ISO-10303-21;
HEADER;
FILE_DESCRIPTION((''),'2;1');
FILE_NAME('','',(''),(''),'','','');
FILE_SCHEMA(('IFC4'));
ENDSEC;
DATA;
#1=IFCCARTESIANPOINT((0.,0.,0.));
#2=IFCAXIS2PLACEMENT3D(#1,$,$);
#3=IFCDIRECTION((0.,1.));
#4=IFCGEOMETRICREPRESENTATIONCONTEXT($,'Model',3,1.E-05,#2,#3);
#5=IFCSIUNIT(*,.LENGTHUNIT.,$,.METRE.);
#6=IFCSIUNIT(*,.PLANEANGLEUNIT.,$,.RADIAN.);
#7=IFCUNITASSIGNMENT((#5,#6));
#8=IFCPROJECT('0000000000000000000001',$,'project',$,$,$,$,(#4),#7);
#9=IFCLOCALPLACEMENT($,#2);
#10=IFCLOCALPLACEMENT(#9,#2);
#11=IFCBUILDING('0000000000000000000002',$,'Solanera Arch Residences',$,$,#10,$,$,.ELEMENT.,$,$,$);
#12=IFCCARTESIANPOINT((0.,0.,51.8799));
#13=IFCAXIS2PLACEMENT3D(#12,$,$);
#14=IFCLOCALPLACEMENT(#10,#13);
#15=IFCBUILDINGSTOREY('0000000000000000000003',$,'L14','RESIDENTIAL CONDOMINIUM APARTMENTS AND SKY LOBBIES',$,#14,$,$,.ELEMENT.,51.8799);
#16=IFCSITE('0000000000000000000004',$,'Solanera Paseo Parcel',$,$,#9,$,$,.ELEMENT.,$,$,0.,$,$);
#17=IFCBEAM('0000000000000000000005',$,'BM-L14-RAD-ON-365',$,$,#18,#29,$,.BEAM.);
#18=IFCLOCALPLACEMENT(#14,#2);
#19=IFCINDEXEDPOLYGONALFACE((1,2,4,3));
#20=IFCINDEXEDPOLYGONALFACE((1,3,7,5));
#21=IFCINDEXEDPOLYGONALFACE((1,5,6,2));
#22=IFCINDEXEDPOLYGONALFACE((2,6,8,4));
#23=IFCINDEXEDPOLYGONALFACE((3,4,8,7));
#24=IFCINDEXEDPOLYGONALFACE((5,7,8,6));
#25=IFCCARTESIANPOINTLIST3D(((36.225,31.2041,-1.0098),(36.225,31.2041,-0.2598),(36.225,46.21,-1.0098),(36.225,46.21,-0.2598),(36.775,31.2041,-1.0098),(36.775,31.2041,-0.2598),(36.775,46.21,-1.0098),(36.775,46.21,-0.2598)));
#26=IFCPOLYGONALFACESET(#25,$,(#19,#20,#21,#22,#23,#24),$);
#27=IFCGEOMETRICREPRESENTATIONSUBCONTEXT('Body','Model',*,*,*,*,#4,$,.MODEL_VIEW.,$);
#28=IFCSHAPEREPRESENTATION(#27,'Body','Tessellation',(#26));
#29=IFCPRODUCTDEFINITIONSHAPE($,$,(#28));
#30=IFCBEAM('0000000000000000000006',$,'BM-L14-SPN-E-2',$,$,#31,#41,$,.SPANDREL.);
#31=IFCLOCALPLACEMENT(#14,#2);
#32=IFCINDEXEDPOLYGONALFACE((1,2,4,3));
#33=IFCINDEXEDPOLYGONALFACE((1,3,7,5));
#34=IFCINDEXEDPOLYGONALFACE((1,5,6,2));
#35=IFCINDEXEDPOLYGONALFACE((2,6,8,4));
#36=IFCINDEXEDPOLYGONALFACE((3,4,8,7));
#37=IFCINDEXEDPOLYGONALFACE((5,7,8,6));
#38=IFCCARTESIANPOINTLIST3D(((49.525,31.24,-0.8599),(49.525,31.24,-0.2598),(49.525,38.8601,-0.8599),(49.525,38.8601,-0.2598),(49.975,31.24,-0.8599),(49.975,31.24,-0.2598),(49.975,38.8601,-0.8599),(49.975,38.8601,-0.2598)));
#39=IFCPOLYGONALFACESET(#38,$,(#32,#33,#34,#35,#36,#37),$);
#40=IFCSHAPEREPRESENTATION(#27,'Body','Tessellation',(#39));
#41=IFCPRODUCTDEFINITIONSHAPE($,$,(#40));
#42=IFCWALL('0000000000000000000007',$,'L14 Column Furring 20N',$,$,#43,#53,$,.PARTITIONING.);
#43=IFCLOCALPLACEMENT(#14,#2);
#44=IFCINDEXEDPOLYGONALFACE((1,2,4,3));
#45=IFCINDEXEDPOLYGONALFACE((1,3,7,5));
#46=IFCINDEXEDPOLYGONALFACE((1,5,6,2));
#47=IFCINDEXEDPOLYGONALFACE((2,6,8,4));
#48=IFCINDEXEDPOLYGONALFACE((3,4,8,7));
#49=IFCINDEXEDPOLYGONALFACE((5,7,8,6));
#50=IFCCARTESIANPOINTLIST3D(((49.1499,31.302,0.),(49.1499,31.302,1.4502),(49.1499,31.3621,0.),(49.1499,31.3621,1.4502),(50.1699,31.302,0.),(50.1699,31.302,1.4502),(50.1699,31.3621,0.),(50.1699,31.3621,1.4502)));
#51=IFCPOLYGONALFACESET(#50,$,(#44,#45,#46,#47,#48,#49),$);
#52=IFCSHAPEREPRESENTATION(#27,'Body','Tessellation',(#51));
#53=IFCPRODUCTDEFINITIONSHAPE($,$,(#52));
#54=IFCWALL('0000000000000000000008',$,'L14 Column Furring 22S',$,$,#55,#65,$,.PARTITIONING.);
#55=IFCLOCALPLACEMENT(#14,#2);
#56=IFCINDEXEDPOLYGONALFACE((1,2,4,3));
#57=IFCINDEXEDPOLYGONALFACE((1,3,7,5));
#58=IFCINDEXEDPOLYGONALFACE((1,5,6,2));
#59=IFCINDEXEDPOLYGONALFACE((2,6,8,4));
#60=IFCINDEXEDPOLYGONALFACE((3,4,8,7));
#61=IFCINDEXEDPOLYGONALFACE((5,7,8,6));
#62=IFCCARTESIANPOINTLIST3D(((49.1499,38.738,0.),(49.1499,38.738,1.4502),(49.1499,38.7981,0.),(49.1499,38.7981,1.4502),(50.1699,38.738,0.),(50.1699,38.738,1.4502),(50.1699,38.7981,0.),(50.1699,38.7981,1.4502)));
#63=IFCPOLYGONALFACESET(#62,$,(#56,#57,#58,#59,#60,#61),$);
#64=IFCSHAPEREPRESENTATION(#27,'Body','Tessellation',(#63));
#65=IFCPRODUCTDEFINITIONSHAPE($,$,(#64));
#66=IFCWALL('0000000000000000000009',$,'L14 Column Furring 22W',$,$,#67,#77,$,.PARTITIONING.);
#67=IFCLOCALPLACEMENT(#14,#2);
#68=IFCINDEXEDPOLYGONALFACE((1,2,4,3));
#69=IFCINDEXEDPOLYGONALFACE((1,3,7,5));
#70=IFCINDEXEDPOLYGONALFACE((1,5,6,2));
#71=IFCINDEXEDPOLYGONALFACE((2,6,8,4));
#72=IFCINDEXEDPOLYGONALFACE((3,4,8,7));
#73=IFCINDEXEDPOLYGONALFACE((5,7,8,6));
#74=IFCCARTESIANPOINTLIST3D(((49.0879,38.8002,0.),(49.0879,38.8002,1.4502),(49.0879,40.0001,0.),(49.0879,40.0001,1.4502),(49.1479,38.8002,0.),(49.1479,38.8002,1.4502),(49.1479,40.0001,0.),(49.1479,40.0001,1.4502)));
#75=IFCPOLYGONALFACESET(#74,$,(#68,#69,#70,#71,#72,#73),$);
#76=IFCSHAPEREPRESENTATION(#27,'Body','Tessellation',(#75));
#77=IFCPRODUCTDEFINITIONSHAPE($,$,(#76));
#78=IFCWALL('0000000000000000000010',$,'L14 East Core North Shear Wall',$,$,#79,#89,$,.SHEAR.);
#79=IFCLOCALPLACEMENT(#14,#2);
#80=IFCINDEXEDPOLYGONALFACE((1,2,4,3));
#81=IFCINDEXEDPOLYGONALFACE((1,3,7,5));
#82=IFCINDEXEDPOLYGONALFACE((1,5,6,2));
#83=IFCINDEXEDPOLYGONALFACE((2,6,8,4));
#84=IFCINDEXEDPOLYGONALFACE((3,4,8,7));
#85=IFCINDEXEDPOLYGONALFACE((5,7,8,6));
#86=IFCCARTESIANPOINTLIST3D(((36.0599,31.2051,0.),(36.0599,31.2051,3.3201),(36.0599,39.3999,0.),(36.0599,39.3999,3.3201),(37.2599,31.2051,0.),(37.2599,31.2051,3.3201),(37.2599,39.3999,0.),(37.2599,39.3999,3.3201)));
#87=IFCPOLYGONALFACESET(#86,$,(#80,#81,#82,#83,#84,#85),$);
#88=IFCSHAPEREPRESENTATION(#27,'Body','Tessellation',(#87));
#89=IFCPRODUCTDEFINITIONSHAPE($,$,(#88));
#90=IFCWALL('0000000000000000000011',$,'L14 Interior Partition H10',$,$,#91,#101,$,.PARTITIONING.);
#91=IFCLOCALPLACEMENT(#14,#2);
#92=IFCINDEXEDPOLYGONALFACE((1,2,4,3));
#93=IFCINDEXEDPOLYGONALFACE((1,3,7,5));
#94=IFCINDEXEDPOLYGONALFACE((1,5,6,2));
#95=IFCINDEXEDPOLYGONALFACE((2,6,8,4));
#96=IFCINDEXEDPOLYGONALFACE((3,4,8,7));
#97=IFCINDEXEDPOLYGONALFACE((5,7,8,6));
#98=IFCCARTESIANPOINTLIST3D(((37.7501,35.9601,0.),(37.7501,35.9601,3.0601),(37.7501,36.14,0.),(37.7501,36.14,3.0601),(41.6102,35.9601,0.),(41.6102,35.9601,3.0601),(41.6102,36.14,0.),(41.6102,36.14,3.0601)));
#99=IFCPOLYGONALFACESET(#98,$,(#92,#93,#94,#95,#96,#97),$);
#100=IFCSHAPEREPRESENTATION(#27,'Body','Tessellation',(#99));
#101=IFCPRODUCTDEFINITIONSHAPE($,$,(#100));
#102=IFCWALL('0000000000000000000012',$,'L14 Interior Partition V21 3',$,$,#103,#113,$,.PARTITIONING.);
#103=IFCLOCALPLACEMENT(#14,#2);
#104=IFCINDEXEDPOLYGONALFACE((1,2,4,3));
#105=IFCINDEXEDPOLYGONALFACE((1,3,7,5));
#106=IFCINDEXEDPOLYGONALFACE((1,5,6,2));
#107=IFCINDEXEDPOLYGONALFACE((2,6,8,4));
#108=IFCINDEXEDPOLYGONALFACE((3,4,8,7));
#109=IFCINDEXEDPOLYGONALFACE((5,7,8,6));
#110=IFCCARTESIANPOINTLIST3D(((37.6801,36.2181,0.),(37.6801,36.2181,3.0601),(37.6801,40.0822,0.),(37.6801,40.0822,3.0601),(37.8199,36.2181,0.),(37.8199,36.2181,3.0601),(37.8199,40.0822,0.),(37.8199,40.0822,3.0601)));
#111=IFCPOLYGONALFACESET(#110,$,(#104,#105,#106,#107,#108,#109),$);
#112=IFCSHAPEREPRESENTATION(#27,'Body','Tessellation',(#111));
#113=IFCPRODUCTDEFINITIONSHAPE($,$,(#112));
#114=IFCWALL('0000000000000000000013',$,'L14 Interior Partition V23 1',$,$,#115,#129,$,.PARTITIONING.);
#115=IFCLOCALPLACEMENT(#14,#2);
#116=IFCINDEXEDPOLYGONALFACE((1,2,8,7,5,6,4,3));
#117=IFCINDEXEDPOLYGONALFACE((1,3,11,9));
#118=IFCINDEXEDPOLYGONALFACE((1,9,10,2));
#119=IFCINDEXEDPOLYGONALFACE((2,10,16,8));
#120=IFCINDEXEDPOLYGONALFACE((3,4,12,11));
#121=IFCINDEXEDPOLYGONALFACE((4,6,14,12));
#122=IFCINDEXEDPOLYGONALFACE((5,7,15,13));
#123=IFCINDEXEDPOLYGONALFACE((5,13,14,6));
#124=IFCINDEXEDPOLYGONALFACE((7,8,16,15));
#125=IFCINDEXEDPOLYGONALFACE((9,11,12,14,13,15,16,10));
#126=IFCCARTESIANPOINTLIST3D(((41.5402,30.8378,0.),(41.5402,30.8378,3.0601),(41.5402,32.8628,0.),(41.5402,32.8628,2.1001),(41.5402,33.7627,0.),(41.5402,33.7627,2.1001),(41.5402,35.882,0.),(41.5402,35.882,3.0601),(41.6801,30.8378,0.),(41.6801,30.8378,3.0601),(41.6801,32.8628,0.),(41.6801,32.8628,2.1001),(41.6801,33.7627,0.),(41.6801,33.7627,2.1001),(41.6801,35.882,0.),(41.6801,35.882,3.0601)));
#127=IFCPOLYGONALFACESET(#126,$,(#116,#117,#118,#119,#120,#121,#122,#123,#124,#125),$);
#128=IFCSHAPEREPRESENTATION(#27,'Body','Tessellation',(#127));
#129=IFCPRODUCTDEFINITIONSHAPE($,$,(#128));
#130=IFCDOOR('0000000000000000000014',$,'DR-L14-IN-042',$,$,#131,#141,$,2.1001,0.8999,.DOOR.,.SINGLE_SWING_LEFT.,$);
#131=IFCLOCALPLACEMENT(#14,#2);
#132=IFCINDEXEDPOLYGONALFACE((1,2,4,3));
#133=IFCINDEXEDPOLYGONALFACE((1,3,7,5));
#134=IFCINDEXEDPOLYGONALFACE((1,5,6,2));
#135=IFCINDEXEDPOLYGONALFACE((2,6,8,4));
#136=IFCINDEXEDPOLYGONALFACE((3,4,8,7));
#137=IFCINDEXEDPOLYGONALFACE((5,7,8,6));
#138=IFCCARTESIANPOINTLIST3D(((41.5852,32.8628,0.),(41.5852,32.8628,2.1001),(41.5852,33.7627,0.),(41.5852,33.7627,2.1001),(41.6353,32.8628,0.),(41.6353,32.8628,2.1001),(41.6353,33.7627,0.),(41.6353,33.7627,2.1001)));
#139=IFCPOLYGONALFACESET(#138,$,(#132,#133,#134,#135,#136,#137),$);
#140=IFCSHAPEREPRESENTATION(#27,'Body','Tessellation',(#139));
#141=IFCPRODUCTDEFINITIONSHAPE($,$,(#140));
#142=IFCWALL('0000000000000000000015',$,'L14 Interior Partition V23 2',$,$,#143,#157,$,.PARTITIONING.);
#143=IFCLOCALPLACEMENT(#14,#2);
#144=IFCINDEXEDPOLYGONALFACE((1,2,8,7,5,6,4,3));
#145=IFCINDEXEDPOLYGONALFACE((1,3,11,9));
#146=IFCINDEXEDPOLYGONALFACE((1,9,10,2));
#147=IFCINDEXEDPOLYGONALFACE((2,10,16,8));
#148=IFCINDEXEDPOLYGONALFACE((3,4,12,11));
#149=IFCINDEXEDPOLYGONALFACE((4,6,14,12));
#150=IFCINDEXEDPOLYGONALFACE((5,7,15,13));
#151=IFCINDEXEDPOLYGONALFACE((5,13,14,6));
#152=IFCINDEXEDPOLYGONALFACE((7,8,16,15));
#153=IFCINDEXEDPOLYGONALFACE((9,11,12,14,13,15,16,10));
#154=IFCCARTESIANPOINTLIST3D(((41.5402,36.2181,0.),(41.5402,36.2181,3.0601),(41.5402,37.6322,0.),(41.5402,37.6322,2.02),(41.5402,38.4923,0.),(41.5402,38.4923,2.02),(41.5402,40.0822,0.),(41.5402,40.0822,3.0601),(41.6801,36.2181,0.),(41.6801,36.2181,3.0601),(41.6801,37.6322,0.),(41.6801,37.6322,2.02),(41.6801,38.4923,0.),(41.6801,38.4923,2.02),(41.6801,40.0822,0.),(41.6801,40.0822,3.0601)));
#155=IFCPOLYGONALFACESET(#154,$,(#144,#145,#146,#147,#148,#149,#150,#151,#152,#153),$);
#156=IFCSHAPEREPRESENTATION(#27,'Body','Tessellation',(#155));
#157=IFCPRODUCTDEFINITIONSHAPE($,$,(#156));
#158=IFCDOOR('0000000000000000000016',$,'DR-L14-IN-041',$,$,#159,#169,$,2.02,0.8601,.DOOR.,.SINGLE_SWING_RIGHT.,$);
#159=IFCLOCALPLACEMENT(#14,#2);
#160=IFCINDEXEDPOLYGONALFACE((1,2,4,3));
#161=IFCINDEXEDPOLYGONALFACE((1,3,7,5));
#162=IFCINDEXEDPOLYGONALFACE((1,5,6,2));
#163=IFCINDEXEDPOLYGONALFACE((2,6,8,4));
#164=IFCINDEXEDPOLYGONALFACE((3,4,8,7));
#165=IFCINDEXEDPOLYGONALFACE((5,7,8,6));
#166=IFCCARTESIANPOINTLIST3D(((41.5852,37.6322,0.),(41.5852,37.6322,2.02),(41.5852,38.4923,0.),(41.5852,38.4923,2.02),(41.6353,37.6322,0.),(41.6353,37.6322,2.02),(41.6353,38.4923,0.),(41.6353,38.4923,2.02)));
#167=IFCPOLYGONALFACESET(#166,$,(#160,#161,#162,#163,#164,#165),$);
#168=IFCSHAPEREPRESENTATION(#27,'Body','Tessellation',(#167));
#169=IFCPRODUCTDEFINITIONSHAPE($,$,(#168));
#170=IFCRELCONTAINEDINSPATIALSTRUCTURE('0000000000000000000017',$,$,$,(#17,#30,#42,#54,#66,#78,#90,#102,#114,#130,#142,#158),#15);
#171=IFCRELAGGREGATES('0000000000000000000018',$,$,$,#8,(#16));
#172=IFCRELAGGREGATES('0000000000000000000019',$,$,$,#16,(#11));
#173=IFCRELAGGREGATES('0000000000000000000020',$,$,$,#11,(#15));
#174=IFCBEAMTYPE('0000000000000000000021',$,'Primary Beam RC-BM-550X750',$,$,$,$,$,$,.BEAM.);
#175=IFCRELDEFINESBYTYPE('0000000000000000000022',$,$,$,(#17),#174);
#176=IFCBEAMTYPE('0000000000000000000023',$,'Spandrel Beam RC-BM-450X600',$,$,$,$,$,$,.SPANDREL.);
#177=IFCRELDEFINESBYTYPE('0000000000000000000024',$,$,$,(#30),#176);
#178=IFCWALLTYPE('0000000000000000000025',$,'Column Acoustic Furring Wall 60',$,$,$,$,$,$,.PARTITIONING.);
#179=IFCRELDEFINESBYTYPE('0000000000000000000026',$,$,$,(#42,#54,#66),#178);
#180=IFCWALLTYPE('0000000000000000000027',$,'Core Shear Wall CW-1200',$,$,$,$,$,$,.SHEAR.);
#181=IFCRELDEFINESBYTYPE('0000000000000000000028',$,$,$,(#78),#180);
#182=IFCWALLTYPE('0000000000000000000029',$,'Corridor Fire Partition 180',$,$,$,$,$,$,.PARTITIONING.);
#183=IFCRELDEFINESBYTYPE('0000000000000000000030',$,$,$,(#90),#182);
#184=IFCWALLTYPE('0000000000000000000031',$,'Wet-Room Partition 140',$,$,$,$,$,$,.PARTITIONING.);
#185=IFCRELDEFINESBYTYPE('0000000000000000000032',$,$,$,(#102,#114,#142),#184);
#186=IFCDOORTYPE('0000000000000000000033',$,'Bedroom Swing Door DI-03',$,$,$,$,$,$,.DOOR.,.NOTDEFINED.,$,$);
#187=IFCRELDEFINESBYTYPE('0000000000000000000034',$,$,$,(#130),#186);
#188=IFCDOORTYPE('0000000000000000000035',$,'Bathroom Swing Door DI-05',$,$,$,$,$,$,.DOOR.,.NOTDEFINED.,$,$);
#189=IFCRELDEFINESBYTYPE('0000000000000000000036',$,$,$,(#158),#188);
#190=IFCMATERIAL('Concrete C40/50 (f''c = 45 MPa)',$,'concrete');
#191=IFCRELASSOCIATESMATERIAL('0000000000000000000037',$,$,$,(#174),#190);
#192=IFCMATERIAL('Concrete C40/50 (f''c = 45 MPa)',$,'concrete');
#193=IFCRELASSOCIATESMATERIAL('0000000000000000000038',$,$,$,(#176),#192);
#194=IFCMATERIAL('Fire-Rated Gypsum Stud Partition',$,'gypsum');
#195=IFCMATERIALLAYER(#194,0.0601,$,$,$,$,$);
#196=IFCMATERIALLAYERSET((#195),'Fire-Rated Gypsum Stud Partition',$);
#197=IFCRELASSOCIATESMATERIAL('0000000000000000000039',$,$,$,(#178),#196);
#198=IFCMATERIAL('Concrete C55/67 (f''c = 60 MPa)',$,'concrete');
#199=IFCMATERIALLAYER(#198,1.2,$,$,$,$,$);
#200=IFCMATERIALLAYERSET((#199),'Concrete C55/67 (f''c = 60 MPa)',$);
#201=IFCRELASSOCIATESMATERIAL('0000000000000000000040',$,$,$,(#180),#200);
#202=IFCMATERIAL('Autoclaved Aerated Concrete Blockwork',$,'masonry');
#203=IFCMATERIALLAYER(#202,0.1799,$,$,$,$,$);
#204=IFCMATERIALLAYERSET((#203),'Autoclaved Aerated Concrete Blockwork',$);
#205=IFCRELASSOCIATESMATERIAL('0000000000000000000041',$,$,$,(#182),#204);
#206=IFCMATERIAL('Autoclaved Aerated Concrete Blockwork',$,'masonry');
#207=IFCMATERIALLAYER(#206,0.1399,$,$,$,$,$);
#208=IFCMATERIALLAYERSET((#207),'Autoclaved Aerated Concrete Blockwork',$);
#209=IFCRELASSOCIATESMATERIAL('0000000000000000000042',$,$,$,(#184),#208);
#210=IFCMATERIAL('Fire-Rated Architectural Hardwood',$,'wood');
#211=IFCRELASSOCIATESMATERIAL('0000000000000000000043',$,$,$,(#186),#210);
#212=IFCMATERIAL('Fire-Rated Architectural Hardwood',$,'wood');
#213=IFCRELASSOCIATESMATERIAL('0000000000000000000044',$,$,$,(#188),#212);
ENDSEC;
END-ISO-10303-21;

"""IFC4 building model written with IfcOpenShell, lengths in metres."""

from ifc_helpers import new_model, si_unit, direction, frame, frame_2d, origin, origin_2d, place, context, subcontext, project, spatial, rectangle, extrude, material, layer, layer_set, material_profile, profile_set, type_object, element, fill, save


model = new_model("IFC4")

# Units and contexts
model_context = context("Model", 3, precision=1e-05, world=origin(), true_north=direction((0.0, 1.0)))
body_context = subcontext(model_context, "Body", "Model", "MODEL_VIEW")
ifc_project = project(units=[si_unit("LENGTHUNIT", "METRE"), si_unit("PLANEANGLEUNIT", "RADIAN")], contexts=[model_context])

# Site, building, storey
site_placement = place(None, origin())
site = spatial("IfcSite", under=ifc_project, at=site_placement, Name="Solanera Paseo Parcel", CompositionType="ELEMENT", RefElevation=0.0)
building_placement = place(site_placement, origin())
building = spatial("IfcBuilding", under=site, at=building_placement, Name="Solanera Arch Residences", CompositionType="ELEMENT")
storey_placement = place(building_placement, frame((0.0, 0.0, 51.8799)))
storey = spatial("IfcBuildingStorey", under=building, at=storey_placement, Name="L14", Description="RESIDENTIAL CONDOMINIUM APARTMENTS AND SKY LOBBIES", CompositionType="ELEMENT", Elevation=51.8799)

# Beams
ifc_material_1 = material(Name="Concrete C40/50 (f'c = 45 MPa)", Category="concrete")
ifc_material_profile_1 = material_profile(ifc_material_1, rectangle(XDim=0.55, YDim=0.75, at=origin_2d()))
ifc_profile_set_1 = profile_set([ifc_material_profile_1], Name="Concrete C40/50 (f'c = 45 MPa)")
beam_type_1 = type_object("IfcBeamType", Name="Primary Beam RC-BM-550X750", PredefinedType="BEAM", material=ifc_profile_set_1)
beam_1_placement = place(storey_placement, frame((36.5, 31.2041, -0.6348), z_axis=(0.0, 1.0, 0.0), x_axis=(-1.0, 0.0, 0.0)))
element("IfcBeam", 1, at=beam_1_placement, inside=storey, type_object=beam_type_1, Name="BM-L14-RAD-ON-365", PredefinedType="BEAM", context=body_context, shape_type="SweptSolid", body=[
    extrude(rectangle(XDim=0.55, YDim=0.75, at=origin_2d()), origin(), (0.0, 0.0, 1.0), 15.0059),
])
ifc_material_2 = material(Name="Concrete C40/50 (f'c = 45 MPa)", Category="concrete")
ifc_material_profile_2 = material_profile(ifc_material_2, rectangle(XDim=0.45, YDim=0.6001, at=origin_2d()))
ifc_profile_set_2 = profile_set([ifc_material_profile_2], Name="Concrete C40/50 (f'c = 45 MPa)")
beam_type_2 = type_object("IfcBeamType", Name="Spandrel Beam RC-BM-450X600", PredefinedType="SPANDREL", material=ifc_profile_set_2)
beam_2_placement = place(storey_placement, frame((49.75, 31.24, -0.5598), z_axis=(0.0, 1.0, 0.0), x_axis=(-1.0, 0.0, 0.0)))
element("IfcBeam", 2, at=beam_2_placement, inside=storey, type_object=beam_type_2, Name="BM-L14-SPN-E-2", PredefinedType="SPANDREL", context=body_context, shape_type="SweptSolid", body=[
    extrude(rectangle(XDim=0.45, YDim=0.6001, at=origin_2d()), origin(), (0.0, 0.0, 1.0), 7.6201),
])

# Walls
ifc_material_3 = material(Name="Fire-Rated Gypsum Stud Partition", Category="gypsum")
ifc_layer_1 = layer(ifc_material_3, 0.0601)
ifc_layer_set_1 = layer_set([ifc_layer_1], Name="Fire-Rated Gypsum Stud Partition")
wall_type_1 = type_object("IfcWallType", Name="Column Acoustic Furring Wall 60", PredefinedType="PARTITIONING", material=ifc_layer_set_1)
for number, where, z_axis, x_axis, name in (
    (3, (49.1499, 31.332, 0.0), (0.0, 0.0, 1.0), (1.0, 0.0, 0.0), "L14 Column Furring 20N"),
    (4, (49.1499, 38.7681, 0.0), (0.0, 0.0, 1.0), (1.0, 0.0, 0.0), "L14 Column Furring 22S"),
):
    element("IfcWall", number, at=place(storey_placement, frame(where, z_axis=z_axis, x_axis=x_axis)), inside=storey, type_object=wall_type_1, Name=name, PredefinedType="PARTITIONING", context=body_context, shape_type="SweptSolid", body=[
        extrude(rectangle(XDim=1.02, YDim=0.0601, at=frame_2d((0.51, 0.0))), origin(), (0.0, 0.0, 1.0), 1.4502),
    ])
wall_1_placement = place(storey_placement, frame((49.1179, 38.8, 0.0), z_axis=(0.0, 0.0, 1.0), x_axis=(0.0, 1.0, 0.0)))
element("IfcWall", 5, at=wall_1_placement, inside=storey, type_object=wall_type_1, Name="L14 Column Furring 22W", PredefinedType="PARTITIONING", context=body_context, shape_type="SweptSolid", body=[
    extrude(rectangle(XDim=1.2, YDim=0.0601, at=frame_2d((0.6001, 0.0))), origin(), (0.0, 0.0, 1.0), 1.4502),
])
ifc_material_4 = material(Name="Concrete C55/67 (f'c = 60 MPa)", Category="concrete")
ifc_layer_2 = layer(ifc_material_4, 1.2)
ifc_layer_set_2 = layer_set([ifc_layer_2], Name="Concrete C55/67 (f'c = 60 MPa)")
wall_type_2 = type_object("IfcWallType", Name="Core Shear Wall CW-1200", PredefinedType="SHEAR", material=ifc_layer_set_2)
wall_2_placement = place(storey_placement, frame((36.6599, 31.2051, 0.0), z_axis=(0.0, 0.0, 1.0), x_axis=(0.0, 1.0, 0.0)))
element("IfcWall", 6, at=wall_2_placement, inside=storey, type_object=wall_type_2, Name="L14 East Core North Shear Wall", PredefinedType="SHEAR", context=body_context, shape_type="SweptSolid", body=[
    extrude(rectangle(XDim=8.1948, YDim=1.2, at=frame_2d((4.0974, 0.0))), origin(), (0.0, 0.0, 1.0), 3.3201),
])

# Walls
ifc_material_5 = material(Name="Autoclaved Aerated Concrete Blockwork", Category="masonry")
ifc_layer_3 = layer(ifc_material_5, 0.1799)
ifc_layer_set_3 = layer_set([ifc_layer_3], Name="Autoclaved Aerated Concrete Blockwork")
wall_type_3 = type_object("IfcWallType", Name="Corridor Fire Partition 180", PredefinedType="PARTITIONING", material=ifc_layer_set_3)
wall_3_placement = place(storey_placement, frame((37.75, 36.05, 0.0), z_axis=(0.0, 0.0, 1.0), x_axis=(1.0, 0.0, 0.0)))
element("IfcWall", 7, at=wall_3_placement, inside=storey, type_object=wall_type_3, Name="L14 Interior Partition H10", PredefinedType="PARTITIONING", context=body_context, shape_type="SweptSolid", body=[
    extrude(rectangle(XDim=3.8601, YDim=0.1799, at=frame_2d((1.9302, 0.0))), origin(), (0.0, 0.0, 1.0), 3.0601),
])
ifc_material_6 = material(Name="Autoclaved Aerated Concrete Blockwork", Category="masonry")
ifc_layer_4 = layer(ifc_material_6, 0.1399)
ifc_layer_set_4 = layer_set([ifc_layer_4], Name="Autoclaved Aerated Concrete Blockwork")
wall_type_4 = type_object("IfcWallType", Name="Wet-Room Partition 140", PredefinedType="PARTITIONING", material=ifc_layer_set_4)
wall_4_placement = place(storey_placement, frame((37.75, 36.218, 0.0), z_axis=(0.0, 0.0, 1.0), x_axis=(0.0, 1.0, 0.0)))
element("IfcWall", 8, at=wall_4_placement, inside=storey, type_object=wall_type_4, Name="L14 Interior Partition V21 3", PredefinedType="PARTITIONING", context=body_context, shape_type="SweptSolid", body=[
    extrude(rectangle(XDim=3.864, YDim=0.1399, at=frame_2d((1.9321, 0.0))), origin(), (0.0, 0.0, 1.0), 3.0601),
])

# Walls, openings, doors
wall_5_placement = place(storey_placement, frame((41.6101, 30.8379, 0.0), z_axis=(0.0, 0.0, 1.0), x_axis=(0.0, 1.0, 0.0)))
wall_5 = element("IfcWall", 9, at=wall_5_placement, inside=storey, type_object=wall_type_4, Name="L14 Interior Partition V23 1", PredefinedType="PARTITIONING", context=body_context, shape_type="SweptSolid", body=[
    extrude(rectangle(XDim=5.0442, YDim=0.1399, at=frame_2d((2.522, 0.0))), origin(), (0.0, 0.0, 1.0), 3.0601),
])
opening_1_placement = place(wall_5_placement, frame((2.0249, 0.0, 0.0)))
opening_1 = element("IfcOpeningElement", 10, at=opening_1_placement, cuts=wall_5, PredefinedType="OPENING", context=body_context, shape_type="SweptSolid", body=[
    extrude(rectangle(XDim=0.8999, YDim=2.1001, at=frame_2d((0.45, 1.05))), frame((0.0, 0.0798, 0.0), z_axis=(0.0, -1.0, 0.0), x_axis=(1.0, 0.0, 0.0)), (0.0, 0.0, 1.0), 0.1599),
])
ifc_material_7 = material(Name="Fire-Rated Architectural Hardwood", Category="wood")
door_type_1 = type_object("IfcDoorType", Name="Bedroom Swing Door DI-03", OperationType="NOTDEFINED", PredefinedType="DOOR", material=ifc_material_7)
door_1_placement = place(opening_1_placement, origin())
door_1 = element("IfcDoor", 11, at=door_1_placement, inside=storey, type_object=door_type_1, Name="DR-L14-IN-042", OperationType="SINGLE_SWING_LEFT", OverallHeight=2.1001, OverallWidth=0.8999, PredefinedType="DOOR", context=body_context, shape_type="SweptSolid", body=[
    extrude(rectangle(XDim=0.8999, YDim=2.1001, at=frame_2d((0.45, 1.05))), frame((0.0, 0.0249, 0.0), z_axis=(0.0, -1.0, 0.0), x_axis=(1.0, 0.0, 0.0)), (0.0, 0.0, 1.0), 0.05),
])
fill(opening_1, door_1)
wall_6_placement = place(storey_placement, frame((41.6101, 36.218, 0.0), z_axis=(0.0, 0.0, 1.0), x_axis=(0.0, 1.0, 0.0)))
wall_6 = element("IfcWall", 12, at=wall_6_placement, inside=storey, type_object=wall_type_4, Name="L14 Interior Partition V23 2", PredefinedType="PARTITIONING", context=body_context, shape_type="SweptSolid", body=[
    extrude(rectangle(XDim=3.864, YDim=0.1399, at=frame_2d((1.9321, 0.0))), origin(), (0.0, 0.0, 1.0), 3.0601),
])
opening_2_placement = place(wall_6_placement, frame((1.4141, 0.0, 0.0)))
opening_2 = element("IfcOpeningElement", 13, at=opening_2_placement, cuts=wall_6, PredefinedType="OPENING", context=body_context, shape_type="SweptSolid", body=[
    extrude(rectangle(XDim=0.8601, YDim=2.02, at=frame_2d((0.4302, 1.01))), frame((0.0, 0.0798, 0.0), z_axis=(0.0, -1.0, 0.0), x_axis=(1.0, 0.0, 0.0)), (0.0, 0.0, 1.0), 0.1599),
])
ifc_material_8 = material(Name="Fire-Rated Architectural Hardwood", Category="wood")
door_type_2 = type_object("IfcDoorType", Name="Bathroom Swing Door DI-05", OperationType="NOTDEFINED", PredefinedType="DOOR", material=ifc_material_8)
door_2_placement = place(opening_2_placement, origin())
door_2 = element("IfcDoor", 14, at=door_2_placement, inside=storey, type_object=door_type_2, Name="DR-L14-IN-041", OperationType="SINGLE_SWING_RIGHT", OverallHeight=2.02, OverallWidth=0.8601, PredefinedType="DOOR", context=body_context, shape_type="SweptSolid", body=[
    extrude(rectangle(XDim=0.8601, YDim=2.02, at=frame_2d((0.4302, 1.01))), frame((0.0, 0.0249, 0.0), z_axis=(0.0, -1.0, 0.0), x_axis=(1.0, 0.0, 0.0)), (0.0, 0.0, 1.0), 0.05),
])
fill(opening_2, door_2)

save(model, "model.ifc")
